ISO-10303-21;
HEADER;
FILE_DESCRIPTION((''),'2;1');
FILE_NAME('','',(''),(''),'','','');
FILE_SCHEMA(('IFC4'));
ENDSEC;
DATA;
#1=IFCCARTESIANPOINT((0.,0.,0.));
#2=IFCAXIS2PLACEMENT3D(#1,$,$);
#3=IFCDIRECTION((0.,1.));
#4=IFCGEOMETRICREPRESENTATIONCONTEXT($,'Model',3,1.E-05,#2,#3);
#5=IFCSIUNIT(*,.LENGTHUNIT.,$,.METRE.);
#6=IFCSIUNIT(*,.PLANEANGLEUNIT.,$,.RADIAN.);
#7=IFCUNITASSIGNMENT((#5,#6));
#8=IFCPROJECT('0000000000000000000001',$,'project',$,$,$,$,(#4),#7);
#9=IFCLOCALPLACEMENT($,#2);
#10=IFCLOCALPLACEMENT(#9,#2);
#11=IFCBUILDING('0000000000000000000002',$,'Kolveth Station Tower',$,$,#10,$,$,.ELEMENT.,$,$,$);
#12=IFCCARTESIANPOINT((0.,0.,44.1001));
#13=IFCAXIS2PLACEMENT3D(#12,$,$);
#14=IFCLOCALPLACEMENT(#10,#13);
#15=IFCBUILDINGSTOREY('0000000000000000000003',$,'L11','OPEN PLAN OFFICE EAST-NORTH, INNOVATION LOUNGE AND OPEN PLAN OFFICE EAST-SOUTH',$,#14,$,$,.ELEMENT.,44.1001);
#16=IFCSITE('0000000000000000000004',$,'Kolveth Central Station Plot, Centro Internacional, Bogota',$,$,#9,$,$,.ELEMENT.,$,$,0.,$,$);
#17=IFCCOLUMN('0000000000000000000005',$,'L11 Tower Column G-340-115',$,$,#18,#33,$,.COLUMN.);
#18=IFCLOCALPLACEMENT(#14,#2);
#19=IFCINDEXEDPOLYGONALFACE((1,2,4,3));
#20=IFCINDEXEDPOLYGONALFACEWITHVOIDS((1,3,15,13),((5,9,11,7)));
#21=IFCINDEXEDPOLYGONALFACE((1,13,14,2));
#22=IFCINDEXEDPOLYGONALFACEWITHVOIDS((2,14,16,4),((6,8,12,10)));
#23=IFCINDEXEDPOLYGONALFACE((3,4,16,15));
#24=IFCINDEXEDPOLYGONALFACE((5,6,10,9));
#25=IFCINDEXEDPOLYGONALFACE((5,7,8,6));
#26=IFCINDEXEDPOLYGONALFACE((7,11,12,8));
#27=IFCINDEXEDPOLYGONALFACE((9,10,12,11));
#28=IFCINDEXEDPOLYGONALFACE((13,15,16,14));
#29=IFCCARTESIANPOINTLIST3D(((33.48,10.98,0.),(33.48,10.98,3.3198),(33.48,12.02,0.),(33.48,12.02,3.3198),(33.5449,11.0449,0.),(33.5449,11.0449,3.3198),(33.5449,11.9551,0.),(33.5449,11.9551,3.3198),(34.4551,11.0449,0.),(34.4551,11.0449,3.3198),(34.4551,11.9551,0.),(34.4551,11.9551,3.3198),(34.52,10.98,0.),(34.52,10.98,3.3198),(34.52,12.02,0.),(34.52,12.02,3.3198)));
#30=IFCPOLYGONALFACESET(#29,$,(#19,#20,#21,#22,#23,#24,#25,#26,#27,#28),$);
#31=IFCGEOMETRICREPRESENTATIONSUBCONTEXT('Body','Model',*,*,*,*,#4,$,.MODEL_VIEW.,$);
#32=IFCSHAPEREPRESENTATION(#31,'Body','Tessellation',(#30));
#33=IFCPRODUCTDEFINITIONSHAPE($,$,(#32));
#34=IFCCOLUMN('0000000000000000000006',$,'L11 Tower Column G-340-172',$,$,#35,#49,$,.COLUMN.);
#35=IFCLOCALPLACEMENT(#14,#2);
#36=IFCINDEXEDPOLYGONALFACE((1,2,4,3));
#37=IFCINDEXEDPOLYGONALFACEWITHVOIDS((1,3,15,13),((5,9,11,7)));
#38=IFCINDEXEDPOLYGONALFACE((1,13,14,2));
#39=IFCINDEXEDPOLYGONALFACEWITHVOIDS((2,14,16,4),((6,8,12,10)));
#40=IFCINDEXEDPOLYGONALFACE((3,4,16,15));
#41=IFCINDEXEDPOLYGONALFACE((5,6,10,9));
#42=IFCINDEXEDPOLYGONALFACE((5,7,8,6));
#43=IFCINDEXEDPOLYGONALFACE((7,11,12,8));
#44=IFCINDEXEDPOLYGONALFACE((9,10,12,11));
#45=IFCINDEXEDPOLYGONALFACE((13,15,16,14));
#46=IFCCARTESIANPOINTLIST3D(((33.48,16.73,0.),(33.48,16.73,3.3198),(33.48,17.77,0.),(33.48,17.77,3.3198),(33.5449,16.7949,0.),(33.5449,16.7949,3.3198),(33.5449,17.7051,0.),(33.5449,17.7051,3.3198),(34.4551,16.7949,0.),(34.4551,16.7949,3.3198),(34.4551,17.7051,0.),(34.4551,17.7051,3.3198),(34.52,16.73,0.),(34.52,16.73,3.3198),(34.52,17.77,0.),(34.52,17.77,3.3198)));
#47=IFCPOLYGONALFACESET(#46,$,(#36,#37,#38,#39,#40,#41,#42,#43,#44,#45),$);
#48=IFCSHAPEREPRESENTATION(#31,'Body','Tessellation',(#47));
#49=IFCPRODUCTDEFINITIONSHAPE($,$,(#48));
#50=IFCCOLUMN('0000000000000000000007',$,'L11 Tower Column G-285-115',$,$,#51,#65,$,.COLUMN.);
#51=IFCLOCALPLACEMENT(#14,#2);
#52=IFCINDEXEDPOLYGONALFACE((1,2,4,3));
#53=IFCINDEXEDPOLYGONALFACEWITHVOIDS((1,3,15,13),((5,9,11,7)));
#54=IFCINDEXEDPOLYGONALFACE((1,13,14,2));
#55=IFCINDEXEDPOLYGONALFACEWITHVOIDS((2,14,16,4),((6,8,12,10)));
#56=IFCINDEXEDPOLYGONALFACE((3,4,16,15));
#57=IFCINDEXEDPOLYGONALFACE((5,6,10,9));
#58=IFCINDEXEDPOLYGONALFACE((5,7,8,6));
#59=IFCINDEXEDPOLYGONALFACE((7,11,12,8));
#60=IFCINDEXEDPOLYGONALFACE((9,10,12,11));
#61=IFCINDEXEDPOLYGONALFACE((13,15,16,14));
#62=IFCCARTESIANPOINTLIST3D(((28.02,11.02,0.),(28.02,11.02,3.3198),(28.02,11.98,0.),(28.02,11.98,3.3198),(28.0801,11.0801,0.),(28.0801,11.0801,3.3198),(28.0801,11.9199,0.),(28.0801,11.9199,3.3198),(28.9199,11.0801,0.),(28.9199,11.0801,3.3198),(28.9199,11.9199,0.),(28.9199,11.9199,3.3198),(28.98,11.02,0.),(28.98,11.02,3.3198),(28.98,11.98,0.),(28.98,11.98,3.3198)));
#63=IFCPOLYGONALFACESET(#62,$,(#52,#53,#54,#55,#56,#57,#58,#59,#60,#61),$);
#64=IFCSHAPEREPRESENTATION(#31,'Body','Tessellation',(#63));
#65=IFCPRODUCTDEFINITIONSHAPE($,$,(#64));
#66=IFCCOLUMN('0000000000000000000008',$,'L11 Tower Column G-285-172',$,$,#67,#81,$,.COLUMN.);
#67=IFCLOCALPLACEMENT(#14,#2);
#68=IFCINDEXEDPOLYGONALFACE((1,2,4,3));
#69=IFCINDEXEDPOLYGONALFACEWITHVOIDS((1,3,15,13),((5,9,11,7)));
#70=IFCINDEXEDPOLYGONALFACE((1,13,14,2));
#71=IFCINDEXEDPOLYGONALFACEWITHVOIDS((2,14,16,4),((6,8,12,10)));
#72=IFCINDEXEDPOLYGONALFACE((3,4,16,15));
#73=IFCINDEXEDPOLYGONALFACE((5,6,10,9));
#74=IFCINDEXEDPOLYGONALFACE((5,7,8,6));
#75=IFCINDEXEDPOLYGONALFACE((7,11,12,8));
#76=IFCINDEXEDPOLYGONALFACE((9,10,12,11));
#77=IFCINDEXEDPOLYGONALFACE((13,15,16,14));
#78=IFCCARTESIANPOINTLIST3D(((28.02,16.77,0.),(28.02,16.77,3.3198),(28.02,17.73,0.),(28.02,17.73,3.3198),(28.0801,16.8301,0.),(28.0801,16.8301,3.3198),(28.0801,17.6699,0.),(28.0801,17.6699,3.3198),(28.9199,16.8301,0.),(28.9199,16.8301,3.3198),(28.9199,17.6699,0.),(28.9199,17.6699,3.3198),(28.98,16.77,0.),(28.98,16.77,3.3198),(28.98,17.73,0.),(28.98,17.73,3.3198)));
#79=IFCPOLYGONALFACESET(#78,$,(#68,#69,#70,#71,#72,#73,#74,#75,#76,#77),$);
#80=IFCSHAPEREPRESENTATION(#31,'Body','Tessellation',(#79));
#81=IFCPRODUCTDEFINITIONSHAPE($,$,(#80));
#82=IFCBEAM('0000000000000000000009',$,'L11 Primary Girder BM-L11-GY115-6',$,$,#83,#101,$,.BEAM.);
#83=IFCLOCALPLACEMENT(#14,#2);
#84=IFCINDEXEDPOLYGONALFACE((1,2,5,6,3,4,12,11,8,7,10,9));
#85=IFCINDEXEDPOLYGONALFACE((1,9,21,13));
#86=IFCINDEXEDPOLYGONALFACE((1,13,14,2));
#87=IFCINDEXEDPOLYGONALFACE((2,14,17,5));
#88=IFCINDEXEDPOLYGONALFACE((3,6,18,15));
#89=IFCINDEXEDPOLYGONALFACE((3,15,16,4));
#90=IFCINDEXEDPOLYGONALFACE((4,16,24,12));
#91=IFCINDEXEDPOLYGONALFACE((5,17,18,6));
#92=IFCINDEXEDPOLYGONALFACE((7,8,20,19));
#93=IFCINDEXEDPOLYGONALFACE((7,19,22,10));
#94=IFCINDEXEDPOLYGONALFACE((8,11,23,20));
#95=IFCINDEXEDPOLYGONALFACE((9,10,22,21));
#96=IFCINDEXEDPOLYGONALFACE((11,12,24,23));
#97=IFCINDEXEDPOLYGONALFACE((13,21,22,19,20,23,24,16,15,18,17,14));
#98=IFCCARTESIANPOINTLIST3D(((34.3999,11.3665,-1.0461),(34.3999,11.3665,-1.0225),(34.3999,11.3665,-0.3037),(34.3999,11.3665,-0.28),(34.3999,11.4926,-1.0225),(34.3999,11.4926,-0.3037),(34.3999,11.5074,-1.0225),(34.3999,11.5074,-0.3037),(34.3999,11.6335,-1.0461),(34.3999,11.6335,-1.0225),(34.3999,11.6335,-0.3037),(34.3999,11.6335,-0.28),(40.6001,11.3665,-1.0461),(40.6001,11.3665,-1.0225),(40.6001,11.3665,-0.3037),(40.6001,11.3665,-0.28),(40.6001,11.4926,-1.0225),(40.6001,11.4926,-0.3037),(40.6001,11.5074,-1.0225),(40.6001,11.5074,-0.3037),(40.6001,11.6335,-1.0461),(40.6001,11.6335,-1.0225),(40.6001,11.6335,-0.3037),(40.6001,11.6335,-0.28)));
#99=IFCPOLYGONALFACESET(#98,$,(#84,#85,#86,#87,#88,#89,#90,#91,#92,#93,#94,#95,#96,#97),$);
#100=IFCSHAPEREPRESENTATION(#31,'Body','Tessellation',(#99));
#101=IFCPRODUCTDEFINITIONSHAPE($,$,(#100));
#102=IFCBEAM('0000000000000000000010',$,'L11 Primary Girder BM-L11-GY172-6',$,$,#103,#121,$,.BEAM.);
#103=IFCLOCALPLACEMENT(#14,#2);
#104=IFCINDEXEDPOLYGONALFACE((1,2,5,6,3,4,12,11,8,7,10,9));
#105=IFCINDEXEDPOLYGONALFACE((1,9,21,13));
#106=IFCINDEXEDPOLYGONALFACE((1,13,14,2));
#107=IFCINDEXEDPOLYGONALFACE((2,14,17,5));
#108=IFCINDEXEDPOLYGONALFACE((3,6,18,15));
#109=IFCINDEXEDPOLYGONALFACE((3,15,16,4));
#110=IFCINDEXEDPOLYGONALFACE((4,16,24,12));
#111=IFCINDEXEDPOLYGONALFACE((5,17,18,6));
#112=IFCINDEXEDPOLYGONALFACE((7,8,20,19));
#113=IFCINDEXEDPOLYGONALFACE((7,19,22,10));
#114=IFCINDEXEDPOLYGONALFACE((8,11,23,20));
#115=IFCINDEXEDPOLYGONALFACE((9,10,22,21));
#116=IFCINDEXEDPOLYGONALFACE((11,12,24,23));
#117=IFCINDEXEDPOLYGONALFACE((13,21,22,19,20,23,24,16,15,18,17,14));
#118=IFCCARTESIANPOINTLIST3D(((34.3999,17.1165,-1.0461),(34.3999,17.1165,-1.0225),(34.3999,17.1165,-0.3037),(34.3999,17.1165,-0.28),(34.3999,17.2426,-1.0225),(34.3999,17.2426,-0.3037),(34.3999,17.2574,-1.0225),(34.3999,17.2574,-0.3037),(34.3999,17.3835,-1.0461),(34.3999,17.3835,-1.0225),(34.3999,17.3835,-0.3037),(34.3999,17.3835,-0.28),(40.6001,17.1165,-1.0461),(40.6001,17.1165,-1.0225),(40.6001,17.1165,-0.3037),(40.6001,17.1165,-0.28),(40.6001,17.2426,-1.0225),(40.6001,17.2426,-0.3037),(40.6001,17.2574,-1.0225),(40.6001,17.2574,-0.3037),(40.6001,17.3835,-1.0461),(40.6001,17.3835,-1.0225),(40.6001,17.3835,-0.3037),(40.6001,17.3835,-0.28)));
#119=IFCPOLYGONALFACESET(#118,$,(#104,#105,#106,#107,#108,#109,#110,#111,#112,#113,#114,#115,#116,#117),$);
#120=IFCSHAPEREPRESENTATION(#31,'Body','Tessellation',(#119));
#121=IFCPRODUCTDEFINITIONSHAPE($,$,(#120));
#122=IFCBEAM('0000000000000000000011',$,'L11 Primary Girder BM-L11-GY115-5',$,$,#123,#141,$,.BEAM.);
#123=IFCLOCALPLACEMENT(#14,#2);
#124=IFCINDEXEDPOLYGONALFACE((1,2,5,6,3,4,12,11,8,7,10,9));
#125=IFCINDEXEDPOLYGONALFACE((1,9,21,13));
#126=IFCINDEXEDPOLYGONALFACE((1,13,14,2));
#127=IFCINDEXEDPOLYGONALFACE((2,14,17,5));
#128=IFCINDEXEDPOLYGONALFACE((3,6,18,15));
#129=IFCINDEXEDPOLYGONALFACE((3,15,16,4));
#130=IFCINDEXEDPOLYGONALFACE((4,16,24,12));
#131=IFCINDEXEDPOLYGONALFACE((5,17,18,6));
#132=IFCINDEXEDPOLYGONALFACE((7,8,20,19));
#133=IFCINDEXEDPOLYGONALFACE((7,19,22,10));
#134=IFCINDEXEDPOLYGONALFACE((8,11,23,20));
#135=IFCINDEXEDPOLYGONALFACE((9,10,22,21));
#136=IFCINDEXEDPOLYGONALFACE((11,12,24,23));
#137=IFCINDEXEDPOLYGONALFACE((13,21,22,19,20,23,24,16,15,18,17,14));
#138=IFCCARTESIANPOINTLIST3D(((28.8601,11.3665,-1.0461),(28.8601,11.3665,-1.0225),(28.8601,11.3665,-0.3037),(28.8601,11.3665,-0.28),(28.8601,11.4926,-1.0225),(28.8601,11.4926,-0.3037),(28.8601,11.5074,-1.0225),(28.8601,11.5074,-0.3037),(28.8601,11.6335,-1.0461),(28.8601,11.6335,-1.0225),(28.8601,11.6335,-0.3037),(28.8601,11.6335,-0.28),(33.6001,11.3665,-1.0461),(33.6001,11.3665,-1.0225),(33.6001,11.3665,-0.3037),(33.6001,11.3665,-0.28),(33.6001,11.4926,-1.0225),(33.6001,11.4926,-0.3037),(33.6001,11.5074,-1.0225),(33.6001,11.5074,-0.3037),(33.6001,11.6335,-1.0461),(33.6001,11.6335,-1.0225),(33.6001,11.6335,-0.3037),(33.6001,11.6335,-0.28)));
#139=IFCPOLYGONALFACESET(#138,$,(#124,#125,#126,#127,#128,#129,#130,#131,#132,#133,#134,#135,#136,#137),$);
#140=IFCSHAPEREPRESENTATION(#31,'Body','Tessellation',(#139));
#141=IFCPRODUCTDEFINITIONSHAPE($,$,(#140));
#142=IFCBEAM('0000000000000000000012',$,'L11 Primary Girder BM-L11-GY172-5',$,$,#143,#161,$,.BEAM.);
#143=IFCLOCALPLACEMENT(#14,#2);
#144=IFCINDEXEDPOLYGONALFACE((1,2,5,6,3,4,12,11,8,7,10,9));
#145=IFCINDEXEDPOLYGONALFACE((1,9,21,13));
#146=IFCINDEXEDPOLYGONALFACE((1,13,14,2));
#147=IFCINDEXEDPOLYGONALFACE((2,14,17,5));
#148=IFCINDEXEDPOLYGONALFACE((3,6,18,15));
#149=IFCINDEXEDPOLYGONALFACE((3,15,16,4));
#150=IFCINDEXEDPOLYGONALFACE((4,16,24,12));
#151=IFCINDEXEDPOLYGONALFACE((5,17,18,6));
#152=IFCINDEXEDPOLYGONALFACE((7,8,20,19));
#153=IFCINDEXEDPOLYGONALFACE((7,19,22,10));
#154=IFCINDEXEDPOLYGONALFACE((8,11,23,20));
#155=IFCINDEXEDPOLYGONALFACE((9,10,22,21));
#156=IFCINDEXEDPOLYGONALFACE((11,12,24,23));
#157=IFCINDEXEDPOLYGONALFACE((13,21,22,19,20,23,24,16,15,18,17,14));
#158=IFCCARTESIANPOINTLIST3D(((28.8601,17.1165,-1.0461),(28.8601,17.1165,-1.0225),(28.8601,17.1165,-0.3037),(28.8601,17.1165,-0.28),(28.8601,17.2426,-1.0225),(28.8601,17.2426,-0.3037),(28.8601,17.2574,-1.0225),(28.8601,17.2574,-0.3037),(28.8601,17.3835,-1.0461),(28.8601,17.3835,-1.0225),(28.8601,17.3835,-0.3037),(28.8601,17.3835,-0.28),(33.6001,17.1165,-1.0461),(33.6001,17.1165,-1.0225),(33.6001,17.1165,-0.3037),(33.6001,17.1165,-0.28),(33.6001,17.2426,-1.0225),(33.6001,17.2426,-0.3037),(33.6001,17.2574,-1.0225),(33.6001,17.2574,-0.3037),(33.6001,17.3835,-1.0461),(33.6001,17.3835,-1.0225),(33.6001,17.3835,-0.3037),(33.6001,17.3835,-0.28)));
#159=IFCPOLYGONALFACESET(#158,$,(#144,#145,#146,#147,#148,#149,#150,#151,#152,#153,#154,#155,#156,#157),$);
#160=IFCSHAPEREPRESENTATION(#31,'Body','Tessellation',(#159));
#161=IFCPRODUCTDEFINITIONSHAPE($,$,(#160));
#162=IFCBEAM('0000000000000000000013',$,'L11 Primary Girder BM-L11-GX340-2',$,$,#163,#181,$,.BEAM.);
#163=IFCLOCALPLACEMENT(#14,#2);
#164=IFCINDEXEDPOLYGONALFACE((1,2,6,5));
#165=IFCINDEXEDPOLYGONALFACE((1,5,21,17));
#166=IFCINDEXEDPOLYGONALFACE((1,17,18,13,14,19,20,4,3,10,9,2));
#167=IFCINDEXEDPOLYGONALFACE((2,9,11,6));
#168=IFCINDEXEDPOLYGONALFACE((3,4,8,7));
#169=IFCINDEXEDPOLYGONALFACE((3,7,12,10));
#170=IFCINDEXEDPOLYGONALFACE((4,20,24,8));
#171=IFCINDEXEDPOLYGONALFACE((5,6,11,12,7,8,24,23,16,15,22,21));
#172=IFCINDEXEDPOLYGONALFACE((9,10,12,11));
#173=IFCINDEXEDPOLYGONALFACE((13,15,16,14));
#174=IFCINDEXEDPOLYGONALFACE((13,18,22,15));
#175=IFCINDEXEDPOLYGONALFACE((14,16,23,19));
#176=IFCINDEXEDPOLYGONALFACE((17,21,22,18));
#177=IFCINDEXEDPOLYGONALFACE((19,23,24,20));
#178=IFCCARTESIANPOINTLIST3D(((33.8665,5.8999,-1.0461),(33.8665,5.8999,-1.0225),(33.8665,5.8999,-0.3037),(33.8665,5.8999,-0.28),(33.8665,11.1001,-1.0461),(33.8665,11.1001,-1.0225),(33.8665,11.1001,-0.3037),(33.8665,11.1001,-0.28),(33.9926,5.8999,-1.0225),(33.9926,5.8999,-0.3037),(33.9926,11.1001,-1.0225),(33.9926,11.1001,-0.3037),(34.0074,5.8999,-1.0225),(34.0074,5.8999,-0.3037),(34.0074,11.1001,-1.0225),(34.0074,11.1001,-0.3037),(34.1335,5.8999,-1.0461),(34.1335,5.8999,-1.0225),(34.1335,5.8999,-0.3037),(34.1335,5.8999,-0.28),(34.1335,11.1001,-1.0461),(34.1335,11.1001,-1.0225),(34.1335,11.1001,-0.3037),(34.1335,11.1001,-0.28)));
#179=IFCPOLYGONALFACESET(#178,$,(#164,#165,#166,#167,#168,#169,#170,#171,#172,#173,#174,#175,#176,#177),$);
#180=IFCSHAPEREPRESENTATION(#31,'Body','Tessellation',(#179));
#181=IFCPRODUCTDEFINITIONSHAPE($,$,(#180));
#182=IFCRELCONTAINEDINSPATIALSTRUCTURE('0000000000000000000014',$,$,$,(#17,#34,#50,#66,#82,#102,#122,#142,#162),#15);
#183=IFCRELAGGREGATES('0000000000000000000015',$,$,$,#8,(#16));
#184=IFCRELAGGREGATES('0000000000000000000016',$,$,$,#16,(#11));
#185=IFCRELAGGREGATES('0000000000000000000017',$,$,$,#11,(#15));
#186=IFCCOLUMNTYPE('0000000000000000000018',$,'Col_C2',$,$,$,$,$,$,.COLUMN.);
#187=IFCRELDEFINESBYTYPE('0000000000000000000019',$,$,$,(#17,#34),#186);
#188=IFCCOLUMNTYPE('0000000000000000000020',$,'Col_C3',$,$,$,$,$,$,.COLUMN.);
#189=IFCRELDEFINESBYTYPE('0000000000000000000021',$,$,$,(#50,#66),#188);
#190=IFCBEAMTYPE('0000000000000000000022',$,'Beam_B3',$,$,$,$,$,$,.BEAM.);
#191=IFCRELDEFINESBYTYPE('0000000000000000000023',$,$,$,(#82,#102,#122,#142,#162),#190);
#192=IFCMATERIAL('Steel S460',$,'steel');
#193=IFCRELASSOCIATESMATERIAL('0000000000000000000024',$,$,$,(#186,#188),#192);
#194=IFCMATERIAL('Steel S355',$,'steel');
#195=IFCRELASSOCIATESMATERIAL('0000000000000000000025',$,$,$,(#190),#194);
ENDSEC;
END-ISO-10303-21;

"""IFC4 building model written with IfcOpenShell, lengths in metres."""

from ifc_helpers import new_model, si_unit, direction, frame, origin, origin_2d, place, context, subcontext, project, spatial, hollow_rectangle, i_section, extrude, source, transform, mapped, material, material_profile, profile_set, type_object, element, save


model = new_model("IFC4")

# Units and contexts
model_context = context("Model", 3, precision=1e-05, world=origin(), true_north=direction((0.0, 1.0)))
body_context = subcontext(model_context, "Body", "Model", "MODEL_VIEW")
ifc_project = project(units=[si_unit("LENGTHUNIT", "METRE"), si_unit("PLANEANGLEUNIT", "RADIAN")], contexts=[model_context])

# Site, building, storey
site_placement = place(None, origin())
site = spatial("IfcSite", under=ifc_project, at=site_placement, Name="Kolveth Central Station Plot, Centro Internacional, Bogota", CompositionType="ELEMENT", RefElevation=0.0)
building_placement = place(site_placement, origin())
building = spatial("IfcBuilding", under=site, at=building_placement, Name="Kolveth Station Tower", CompositionType="ELEMENT")
storey_placement = place(building_placement, frame((0.0, 0.0, 44.1001)))
storey = spatial("IfcBuildingStorey", under=building, at=storey_placement, Name="L11", Description="OPEN PLAN OFFICE EAST-NORTH, INNOVATION LOUNGE AND OPEN PLAN OFFICE EAST-SOUTH", CompositionType="ELEMENT", Elevation=44.1001)

# Columns
ifc_material_1 = material(Name="Steel S460", Category="steel")
ifc_material_profile_1 = material_profile(ifc_material_1, hollow_rectangle(XDim=1.04, YDim=1.04, WallThickness=0.0649, at=origin_2d()), Name="BOX1040x1040x65")
ifc_profile_set_1 = profile_set([ifc_material_profile_1], Name="Steel S460")
column_type_1 = type_object("IfcColumnType", Name="Col_C2", PredefinedType="COLUMN", material=ifc_profile_set_1)
shared_shape_1 = source(origin(), body_context, "Body", "SweptSolid", [
    extrude(hollow_rectangle(XDim=1.04, YDim=1.04, WallThickness=0.0649, at=origin_2d()), origin(), (0.0, 0.0, 1.0), 3.3198),
])
for number, where, z_axis, x_axis, name in (
    (1, (34.0, 11.5, 0.0), (0.0, 0.0, 1.0), (1.0, 0.0, 0.0), "L11 Tower Column G-340-115"),
    (2, (34.0, 17.25, 0.0), (0.0, 0.0, 1.0), (1.0, 0.0, 0.0), "L11 Tower Column G-340-172"),
):
    element("IfcColumn", number, at=place(storey_placement, frame(where, z_axis=z_axis, x_axis=x_axis)), inside=storey, type_object=column_type_1, Name=name, PredefinedType="COLUMN", context=body_context, shape_type="MappedRepresentation", body=[
        mapped(shared_shape_1, transform((0.0, 0.0, 0.0), x_axis=(1.0, 0.0, 0.0), y_axis=(0.0, 1.0, 0.0), z_axis=(0.0, 0.0, 1.0), scale=1.0)),
    ])
ifc_material_profile_2 = material_profile(ifc_material_1, hollow_rectangle(XDim=0.96, YDim=0.96, WallThickness=0.0601, at=origin_2d()), Name="BOX960x960x60")
ifc_profile_set_2 = profile_set([ifc_material_profile_2], Name="Steel S460")
column_type_2 = type_object("IfcColumnType", Name="Col_C3", PredefinedType="COLUMN", material=ifc_profile_set_2)
shared_shape_2 = source(origin(), body_context, "Body", "SweptSolid", [
    extrude(hollow_rectangle(XDim=0.96, YDim=0.96, WallThickness=0.0601, at=origin_2d()), origin(), (0.0, 0.0, 1.0), 3.3198),
])
for number, where, z_axis, x_axis, name in (
    (3, (28.5, 11.5, 0.0), (0.0, 0.0, 1.0), (1.0, 0.0, 0.0), "L11 Tower Column G-285-115"),
    (4, (28.5, 17.25, 0.0), (0.0, 0.0, 1.0), (1.0, 0.0, 0.0), "L11 Tower Column G-285-172"),
):
    element("IfcColumn", number, at=place(storey_placement, frame(where, z_axis=z_axis, x_axis=x_axis)), inside=storey, type_object=column_type_2, Name=name, PredefinedType="COLUMN", context=body_context, shape_type="MappedRepresentation", body=[
        mapped(shared_shape_2, transform((0.0, 0.0, 0.0), x_axis=(1.0, 0.0, 0.0), y_axis=(0.0, 1.0, 0.0), z_axis=(0.0, 0.0, 1.0), scale=1.0)),
    ])

# Beams
ifc_material_2 = material(Name="Steel S355", Category="steel")
ifc_material_profile_3 = material_profile(ifc_material_2, i_section(OverallWidth=0.2671, OverallDepth=0.7661, WebThickness=0.0149, FlangeThickness=0.0237, at=origin_2d()), Name="W760x185")
ifc_profile_set_3 = profile_set([ifc_material_profile_3], Name="Steel S355")
beam_type_1 = type_object("IfcBeamType", Name="Beam_B3", PredefinedType="BEAM", material=ifc_profile_set_3)
shared_shape_3 = source(origin(), body_context, "Body", "SweptSolid", [
    extrude(i_section(OverallWidth=0.2671, OverallDepth=0.7661, WebThickness=0.0149, FlangeThickness=0.0237, at=origin_2d()), origin(), (0.0, 0.0, 1.0), 6.2002),
])
for number, where, z_axis, x_axis, name in (
    (5, (34.3999, 11.5, -0.6631), (1.0, 0.0, 0.0), (0.0, 1.0, 0.0), "L11 Primary Girder BM-L11-GY115-6"),
    (6, (34.3999, 17.25, -0.6631), (1.0, 0.0, 0.0), (0.0, 1.0, 0.0), "L11 Primary Girder BM-L11-GY172-6"),
):
    element("IfcBeam", number, at=place(storey_placement, frame(where, z_axis=z_axis, x_axis=x_axis)), inside=storey, type_object=beam_type_1, Name=name, PredefinedType="BEAM", context=body_context, shape_type="MappedRepresentation", body=[
        mapped(shared_shape_3, transform((0.0, 0.0, 0.0), x_axis=(1.0, 0.0, 0.0), y_axis=(0.0, 1.0, 0.0), z_axis=(0.0, 0.0, 1.0), scale=1.0)),
    ])
shared_shape_4 = source(origin(), body_context, "Body", "SweptSolid", [
    extrude(i_section(OverallWidth=0.2671, OverallDepth=0.7661, WebThickness=0.0149, FlangeThickness=0.0237, at=origin_2d()), origin(), (0.0, 0.0, 1.0), 4.74),
])
for number, where, z_axis, x_axis, name in (
    (7, (28.8601, 11.5, -0.6631), (1.0, 0.0, 0.0), (0.0, 1.0, 0.0), "L11 Primary Girder BM-L11-GY115-5"),
    (8, (28.8601, 17.25, -0.6631), (1.0, 0.0, 0.0), (0.0, 1.0, 0.0), "L11 Primary Girder BM-L11-GY172-5"),
):
    element("IfcBeam", number, at=place(storey_placement, frame(where, z_axis=z_axis, x_axis=x_axis)), inside=storey, type_object=beam_type_1, Name=name, PredefinedType="BEAM", context=body_context, shape_type="MappedRepresentation", body=[
        mapped(shared_shape_4, transform((0.0, 0.0, 0.0), x_axis=(1.0, 0.0, 0.0), y_axis=(0.0, 1.0, 0.0), z_axis=(0.0, 0.0, 1.0), scale=1.0)),
    ])
shared_shape_5 = source(origin(), body_context, "Body", "SweptSolid", [
    extrude(i_section(OverallWidth=0.2671, OverallDepth=0.7661, WebThickness=0.0149, FlangeThickness=0.0237, at=origin_2d()), origin(), (0.0, 0.0, 1.0), 5.2002),
])
beam_1_placement = place(storey_placement, frame((34.0, 5.8999, -0.6631), z_axis=(0.0, 1.0, 0.0), x_axis=(-1.0, 0.0, 0.0)))
element("IfcBeam", 9, at=beam_1_placement, inside=storey, type_object=beam_type_1, Name="L11 Primary Girder BM-L11-GX340-2", PredefinedType="BEAM", context=body_context, shape_type="MappedRepresentation", body=[
    mapped(shared_shape_5, transform((0.0, 0.0, 0.0), x_axis=(1.0, 0.0, 0.0), y_axis=(0.0, 1.0, 0.0), z_axis=(0.0, 0.0, 1.0), scale=1.0)),
])

save(model, "model.ifc")
